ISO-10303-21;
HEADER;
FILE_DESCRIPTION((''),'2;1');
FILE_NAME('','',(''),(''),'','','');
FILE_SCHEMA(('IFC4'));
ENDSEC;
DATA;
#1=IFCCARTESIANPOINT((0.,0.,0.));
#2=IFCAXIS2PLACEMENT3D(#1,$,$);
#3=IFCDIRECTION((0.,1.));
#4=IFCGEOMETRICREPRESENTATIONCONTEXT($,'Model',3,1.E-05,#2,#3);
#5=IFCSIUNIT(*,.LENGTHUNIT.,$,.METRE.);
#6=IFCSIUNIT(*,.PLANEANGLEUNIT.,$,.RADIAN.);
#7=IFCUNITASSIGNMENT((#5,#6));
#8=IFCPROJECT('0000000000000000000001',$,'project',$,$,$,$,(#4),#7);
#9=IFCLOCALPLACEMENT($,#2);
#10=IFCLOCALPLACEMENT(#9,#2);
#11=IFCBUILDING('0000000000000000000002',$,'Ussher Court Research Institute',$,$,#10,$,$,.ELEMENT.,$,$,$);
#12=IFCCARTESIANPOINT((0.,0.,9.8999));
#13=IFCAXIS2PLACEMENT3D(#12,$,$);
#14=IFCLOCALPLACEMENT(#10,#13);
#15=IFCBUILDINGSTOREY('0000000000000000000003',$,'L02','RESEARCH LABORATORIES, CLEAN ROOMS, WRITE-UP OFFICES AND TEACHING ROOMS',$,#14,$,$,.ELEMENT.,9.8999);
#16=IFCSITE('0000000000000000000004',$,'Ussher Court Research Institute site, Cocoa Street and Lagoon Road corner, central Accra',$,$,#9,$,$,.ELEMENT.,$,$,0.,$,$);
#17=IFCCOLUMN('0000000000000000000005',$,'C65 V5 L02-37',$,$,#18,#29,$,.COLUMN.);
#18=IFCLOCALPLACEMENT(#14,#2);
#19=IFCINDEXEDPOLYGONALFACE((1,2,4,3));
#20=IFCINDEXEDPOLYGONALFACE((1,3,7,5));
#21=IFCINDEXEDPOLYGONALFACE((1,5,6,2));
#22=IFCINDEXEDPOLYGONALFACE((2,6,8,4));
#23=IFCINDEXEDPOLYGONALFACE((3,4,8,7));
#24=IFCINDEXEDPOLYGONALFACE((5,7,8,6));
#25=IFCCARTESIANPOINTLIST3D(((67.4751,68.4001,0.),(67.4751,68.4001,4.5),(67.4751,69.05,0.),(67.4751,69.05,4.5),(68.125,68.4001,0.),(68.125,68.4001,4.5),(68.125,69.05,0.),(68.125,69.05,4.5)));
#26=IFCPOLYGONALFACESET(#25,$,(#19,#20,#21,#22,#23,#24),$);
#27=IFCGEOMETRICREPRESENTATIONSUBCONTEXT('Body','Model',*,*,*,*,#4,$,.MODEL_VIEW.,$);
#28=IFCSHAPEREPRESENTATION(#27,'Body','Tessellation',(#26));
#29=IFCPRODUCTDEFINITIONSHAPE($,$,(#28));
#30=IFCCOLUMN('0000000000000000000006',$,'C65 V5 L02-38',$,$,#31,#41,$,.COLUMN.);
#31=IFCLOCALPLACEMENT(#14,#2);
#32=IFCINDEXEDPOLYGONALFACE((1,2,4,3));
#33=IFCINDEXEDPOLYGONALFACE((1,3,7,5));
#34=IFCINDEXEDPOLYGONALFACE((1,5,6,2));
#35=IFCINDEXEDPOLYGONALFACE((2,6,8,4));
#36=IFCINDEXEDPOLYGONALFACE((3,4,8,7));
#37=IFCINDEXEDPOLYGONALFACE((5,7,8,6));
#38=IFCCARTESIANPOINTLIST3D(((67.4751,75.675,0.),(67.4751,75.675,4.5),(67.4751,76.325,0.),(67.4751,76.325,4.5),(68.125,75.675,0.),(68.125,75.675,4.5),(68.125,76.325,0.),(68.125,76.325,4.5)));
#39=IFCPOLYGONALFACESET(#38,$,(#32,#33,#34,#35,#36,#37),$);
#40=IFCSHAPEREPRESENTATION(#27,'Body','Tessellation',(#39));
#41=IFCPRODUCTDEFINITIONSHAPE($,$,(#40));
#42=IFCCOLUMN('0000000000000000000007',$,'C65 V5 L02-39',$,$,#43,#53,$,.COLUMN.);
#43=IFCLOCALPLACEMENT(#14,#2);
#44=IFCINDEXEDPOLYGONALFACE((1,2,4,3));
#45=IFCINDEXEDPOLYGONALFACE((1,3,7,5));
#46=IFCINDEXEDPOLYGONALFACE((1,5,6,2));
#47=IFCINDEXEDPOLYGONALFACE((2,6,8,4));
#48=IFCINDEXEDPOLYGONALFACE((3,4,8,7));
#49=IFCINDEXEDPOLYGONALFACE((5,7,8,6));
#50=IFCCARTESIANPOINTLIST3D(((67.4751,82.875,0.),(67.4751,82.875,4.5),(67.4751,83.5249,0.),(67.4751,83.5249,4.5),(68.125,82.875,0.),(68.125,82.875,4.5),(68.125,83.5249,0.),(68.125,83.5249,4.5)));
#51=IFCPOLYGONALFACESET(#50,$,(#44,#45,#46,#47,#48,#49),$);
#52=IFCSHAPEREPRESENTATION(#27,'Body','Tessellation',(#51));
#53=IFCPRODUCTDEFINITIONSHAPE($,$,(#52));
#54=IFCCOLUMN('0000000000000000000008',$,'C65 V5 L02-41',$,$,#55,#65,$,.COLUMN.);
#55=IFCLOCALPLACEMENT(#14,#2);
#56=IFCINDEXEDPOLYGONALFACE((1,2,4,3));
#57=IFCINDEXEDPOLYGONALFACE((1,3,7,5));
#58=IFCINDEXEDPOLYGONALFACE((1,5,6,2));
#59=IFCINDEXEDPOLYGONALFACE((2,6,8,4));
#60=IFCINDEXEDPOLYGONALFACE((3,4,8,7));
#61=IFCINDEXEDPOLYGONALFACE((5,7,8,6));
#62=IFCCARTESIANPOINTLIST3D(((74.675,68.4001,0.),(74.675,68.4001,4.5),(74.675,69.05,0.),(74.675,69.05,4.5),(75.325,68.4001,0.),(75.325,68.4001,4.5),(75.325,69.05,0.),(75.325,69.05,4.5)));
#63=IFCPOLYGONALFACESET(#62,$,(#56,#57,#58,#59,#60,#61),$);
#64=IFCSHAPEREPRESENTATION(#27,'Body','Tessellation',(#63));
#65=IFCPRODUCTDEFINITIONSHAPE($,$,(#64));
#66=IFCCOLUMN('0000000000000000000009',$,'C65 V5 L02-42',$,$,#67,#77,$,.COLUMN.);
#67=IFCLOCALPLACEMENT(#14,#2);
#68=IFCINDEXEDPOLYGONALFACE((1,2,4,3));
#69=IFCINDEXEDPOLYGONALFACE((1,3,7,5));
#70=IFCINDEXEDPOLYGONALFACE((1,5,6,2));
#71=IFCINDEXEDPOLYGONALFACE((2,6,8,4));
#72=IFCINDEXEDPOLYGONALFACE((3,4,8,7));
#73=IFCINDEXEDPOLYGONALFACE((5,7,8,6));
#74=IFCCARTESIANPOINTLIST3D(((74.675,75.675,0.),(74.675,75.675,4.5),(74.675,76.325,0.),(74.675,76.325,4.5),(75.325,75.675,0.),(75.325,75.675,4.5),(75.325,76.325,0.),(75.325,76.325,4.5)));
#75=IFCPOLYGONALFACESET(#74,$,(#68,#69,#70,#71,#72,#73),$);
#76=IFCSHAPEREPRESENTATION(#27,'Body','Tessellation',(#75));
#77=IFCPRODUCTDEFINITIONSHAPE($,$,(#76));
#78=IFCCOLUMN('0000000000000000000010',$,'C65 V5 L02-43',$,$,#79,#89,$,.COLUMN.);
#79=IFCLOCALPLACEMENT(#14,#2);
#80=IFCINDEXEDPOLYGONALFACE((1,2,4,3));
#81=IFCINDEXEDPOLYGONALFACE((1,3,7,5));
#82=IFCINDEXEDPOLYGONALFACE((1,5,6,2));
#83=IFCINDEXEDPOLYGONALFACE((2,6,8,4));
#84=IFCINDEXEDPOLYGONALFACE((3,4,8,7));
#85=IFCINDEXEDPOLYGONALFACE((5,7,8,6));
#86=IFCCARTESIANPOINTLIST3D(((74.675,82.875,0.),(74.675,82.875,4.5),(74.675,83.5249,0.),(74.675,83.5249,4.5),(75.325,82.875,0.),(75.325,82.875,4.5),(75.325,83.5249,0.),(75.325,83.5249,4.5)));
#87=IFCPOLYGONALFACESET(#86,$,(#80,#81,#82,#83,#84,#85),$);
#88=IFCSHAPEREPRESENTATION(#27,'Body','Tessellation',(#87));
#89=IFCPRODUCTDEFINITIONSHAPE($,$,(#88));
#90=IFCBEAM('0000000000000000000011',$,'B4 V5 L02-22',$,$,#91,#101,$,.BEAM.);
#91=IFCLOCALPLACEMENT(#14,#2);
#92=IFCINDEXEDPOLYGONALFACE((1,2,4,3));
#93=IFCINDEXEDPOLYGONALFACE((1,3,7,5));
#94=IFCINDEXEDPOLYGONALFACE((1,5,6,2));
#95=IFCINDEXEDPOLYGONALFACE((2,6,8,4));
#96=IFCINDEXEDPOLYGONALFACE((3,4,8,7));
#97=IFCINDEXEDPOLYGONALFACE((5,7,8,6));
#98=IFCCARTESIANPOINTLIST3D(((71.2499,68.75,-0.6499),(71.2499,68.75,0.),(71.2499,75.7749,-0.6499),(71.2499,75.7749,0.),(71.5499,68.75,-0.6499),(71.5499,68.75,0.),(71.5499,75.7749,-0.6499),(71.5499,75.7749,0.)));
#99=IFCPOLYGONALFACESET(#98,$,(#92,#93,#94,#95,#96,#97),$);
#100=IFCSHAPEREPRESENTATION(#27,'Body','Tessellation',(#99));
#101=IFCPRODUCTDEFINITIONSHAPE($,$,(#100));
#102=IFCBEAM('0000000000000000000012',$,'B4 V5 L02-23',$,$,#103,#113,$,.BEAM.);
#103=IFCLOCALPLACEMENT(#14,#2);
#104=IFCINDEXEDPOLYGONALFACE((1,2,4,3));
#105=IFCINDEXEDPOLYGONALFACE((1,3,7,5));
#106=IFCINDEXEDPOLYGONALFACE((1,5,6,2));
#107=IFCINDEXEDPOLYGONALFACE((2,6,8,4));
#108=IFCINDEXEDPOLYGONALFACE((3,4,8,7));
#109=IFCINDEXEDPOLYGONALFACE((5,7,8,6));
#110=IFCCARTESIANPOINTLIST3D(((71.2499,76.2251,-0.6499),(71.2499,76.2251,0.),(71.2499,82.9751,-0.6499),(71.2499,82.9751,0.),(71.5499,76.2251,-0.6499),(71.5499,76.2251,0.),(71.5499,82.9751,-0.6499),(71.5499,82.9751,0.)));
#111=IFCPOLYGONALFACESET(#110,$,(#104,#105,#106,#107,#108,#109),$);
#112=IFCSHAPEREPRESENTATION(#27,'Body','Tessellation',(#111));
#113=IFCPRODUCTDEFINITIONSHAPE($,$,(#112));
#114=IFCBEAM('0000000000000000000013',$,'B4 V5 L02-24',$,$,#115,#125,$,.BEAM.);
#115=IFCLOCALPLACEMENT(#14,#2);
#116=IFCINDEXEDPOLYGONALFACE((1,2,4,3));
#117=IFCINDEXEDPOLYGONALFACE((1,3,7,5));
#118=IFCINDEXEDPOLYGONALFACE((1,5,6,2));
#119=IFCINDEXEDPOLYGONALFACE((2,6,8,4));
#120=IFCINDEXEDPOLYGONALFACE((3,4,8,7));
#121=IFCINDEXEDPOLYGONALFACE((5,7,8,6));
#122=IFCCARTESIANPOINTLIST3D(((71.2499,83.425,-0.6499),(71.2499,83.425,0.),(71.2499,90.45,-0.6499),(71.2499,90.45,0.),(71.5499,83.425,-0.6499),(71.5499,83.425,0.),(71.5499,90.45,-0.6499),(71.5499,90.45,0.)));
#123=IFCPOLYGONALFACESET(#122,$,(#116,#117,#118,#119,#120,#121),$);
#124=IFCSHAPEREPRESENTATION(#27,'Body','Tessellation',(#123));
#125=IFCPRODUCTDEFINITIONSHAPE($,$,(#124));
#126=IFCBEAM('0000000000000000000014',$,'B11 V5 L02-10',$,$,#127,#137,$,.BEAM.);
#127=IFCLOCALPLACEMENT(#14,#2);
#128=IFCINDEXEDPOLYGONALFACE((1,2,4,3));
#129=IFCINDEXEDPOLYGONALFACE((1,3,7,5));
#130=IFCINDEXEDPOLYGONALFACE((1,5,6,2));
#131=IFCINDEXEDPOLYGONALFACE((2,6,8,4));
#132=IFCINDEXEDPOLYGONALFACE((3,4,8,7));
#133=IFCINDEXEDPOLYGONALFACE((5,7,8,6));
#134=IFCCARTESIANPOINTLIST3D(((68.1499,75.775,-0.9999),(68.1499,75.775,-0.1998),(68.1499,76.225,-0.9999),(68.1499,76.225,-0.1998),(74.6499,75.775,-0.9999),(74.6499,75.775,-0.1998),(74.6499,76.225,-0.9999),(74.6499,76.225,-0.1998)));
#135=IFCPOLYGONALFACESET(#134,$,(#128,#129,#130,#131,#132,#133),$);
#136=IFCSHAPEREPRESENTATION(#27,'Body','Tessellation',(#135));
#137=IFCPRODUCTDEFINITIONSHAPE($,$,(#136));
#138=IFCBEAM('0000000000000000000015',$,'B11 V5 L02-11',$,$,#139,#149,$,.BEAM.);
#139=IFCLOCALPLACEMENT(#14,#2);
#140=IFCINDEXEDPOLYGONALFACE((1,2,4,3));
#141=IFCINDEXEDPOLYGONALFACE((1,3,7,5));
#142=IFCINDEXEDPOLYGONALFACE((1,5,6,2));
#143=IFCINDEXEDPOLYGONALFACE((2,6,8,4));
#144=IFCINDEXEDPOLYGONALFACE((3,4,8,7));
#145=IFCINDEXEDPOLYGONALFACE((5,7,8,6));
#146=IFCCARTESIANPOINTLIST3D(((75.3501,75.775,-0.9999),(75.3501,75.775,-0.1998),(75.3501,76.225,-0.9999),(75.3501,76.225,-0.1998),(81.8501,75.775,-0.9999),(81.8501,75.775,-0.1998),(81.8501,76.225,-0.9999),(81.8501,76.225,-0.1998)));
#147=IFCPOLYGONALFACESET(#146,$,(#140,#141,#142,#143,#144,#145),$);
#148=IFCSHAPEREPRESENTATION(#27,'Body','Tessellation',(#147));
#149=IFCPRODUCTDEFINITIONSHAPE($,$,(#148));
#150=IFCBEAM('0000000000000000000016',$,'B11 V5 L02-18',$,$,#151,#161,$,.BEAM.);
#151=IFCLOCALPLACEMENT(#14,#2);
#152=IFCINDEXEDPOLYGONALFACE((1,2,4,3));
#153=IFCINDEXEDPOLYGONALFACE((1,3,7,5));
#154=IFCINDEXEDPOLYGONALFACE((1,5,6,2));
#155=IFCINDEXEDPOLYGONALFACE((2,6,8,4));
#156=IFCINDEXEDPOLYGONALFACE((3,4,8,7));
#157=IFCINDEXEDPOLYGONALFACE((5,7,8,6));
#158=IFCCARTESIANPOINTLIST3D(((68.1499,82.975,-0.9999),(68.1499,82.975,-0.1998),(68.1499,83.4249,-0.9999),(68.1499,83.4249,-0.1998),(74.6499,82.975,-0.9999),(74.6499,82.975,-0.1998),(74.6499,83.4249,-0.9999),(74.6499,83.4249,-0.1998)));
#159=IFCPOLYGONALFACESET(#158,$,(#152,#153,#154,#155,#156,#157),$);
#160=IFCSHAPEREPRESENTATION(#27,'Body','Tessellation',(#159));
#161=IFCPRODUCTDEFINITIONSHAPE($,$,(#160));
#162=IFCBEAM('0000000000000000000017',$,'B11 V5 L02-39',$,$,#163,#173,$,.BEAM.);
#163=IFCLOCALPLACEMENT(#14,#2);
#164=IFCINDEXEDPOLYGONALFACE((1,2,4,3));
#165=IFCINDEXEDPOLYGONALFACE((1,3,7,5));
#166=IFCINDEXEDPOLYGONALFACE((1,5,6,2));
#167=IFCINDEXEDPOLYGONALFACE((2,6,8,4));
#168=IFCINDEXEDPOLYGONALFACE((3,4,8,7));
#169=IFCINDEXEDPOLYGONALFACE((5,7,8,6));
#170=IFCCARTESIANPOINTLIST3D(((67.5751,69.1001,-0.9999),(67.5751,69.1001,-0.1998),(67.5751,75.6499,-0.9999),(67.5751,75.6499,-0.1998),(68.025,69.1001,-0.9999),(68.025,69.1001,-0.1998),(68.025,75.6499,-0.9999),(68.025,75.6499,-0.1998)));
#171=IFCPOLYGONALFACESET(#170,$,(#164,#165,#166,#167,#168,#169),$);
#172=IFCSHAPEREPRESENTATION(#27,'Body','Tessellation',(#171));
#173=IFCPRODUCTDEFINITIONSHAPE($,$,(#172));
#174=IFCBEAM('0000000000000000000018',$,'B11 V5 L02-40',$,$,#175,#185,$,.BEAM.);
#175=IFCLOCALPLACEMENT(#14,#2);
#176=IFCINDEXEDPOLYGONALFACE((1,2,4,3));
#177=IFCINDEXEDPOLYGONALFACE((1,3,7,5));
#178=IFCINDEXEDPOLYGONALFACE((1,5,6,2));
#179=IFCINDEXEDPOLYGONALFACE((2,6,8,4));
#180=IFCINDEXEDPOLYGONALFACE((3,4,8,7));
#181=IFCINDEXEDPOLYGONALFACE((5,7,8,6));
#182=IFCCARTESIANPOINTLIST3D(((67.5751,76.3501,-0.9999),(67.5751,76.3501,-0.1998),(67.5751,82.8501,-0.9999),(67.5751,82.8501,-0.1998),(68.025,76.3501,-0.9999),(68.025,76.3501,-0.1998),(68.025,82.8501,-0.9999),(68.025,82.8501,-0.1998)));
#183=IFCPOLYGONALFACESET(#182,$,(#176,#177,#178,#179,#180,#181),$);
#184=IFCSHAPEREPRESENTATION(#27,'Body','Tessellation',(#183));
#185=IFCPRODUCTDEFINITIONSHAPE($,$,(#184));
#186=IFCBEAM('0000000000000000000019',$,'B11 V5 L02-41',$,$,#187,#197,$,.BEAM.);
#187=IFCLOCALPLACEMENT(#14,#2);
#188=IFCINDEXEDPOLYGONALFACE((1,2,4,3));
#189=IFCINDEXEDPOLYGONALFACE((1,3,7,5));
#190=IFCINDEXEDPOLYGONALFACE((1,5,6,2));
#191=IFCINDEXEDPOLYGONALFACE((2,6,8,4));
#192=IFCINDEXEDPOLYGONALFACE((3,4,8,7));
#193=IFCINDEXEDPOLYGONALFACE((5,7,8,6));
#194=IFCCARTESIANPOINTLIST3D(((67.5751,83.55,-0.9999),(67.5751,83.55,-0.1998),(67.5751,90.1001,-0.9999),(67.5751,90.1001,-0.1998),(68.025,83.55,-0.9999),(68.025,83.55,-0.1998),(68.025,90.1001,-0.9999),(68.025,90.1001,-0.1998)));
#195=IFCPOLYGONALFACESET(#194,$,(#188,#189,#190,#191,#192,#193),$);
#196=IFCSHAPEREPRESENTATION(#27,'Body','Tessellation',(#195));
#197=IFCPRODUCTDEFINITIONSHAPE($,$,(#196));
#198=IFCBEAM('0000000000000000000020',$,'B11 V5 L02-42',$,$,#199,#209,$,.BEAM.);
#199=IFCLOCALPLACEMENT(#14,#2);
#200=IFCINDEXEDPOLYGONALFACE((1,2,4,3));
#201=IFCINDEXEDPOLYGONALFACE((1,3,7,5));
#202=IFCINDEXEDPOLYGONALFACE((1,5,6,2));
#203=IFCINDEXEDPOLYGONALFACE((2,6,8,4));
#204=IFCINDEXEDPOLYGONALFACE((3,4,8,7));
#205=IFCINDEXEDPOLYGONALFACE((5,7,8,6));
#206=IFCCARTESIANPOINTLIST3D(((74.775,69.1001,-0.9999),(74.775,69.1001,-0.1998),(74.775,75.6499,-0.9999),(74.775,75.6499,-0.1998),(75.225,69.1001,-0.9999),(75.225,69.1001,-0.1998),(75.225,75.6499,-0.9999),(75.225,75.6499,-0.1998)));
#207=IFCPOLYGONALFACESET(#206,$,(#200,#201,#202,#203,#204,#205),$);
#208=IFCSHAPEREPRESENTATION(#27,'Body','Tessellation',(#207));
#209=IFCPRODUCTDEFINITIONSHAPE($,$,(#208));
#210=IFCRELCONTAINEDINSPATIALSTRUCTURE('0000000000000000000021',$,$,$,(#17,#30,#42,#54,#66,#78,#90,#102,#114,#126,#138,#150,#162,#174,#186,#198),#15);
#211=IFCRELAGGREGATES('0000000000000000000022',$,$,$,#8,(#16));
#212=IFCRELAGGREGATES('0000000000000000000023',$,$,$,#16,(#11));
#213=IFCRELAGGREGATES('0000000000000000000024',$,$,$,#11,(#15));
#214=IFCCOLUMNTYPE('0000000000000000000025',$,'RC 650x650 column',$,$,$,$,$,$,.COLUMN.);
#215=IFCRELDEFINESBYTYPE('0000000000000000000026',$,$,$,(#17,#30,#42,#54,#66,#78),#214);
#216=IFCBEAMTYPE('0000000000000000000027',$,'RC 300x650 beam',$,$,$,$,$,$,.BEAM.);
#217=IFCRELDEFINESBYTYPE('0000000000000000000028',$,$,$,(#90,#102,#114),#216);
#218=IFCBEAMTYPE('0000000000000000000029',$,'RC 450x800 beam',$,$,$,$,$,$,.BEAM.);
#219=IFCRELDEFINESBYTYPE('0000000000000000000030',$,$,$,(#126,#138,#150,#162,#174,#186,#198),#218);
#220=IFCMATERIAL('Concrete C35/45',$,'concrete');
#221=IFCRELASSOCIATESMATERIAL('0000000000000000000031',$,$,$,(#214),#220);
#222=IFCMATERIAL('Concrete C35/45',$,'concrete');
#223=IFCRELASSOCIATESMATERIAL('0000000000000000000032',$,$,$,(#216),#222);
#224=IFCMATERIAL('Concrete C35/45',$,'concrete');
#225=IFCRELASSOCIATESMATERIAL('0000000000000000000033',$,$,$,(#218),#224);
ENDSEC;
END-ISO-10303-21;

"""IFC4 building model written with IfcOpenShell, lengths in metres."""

from ifc_helpers import new_model, si_unit, direction, frame, origin, origin_2d, place, context, subcontext, project, spatial, rectangle, extrude, material, material_profile, profile_set, type_object, element, save


model = new_model("IFC4")

# Units and contexts
model_context = context("Model", 3, precision=1e-05, world=origin(), true_north=direction((0.0, 1.0)))
body_context = subcontext(model_context, "Body", "Model", "MODEL_VIEW")
ifc_project = project(units=[si_unit("LENGTHUNIT", "METRE"), si_unit("PLANEANGLEUNIT", "RADIAN")], contexts=[model_context])

# Site, building, storey
site_placement = place(None, origin())
site = spatial("IfcSite", under=ifc_project, at=site_placement, Name="Ussher Court Research Institute site, Cocoa Street and Lagoon Road corner, central Accra", CompositionType="ELEMENT", RefElevation=0.0)
building_placement = place(site_placement, origin())
building = spatial("IfcBuilding", under=site, at=building_placement, Name="Ussher Court Research Institute", CompositionType="ELEMENT")
storey_placement = place(building_placement, frame((0.0, 0.0, 9.8999)))
storey = spatial("IfcBuildingStorey", under=building, at=storey_placement, Name="L02", Description="RESEARCH LABORATORIES, CLEAN ROOMS, WRITE-UP OFFICES AND TEACHING ROOMS", CompositionType="ELEMENT", Elevation=9.8999)

# Columns
ifc_material_1 = material(Name="Concrete C35/45", Category="concrete")
ifc_material_profile_1 = material_profile(ifc_material_1, rectangle(XDim=0.6499, YDim=0.6499, at=origin_2d()), Name="RC 650x650")
ifc_profile_set_1 = profile_set([ifc_material_profile_1], Name="Concrete C35/45")
column_type = type_object("IfcColumnType", Name="RC 650x650 column", PredefinedType="COLUMN", material=ifc_profile_set_1)
for number, where, z_axis, x_axis, name in (
    (1, (67.8, 68.7251, 0.0), (0.0, 0.0, 1.0), (1.0, 0.0, 0.0), "C65 V5 L02-37"),
    (2, (67.8, 76.0, 0.0), (0.0, 0.0, 1.0), (1.0, 0.0, 0.0), "C65 V5 L02-38"),
    (3, (67.8, 83.2, 0.0), (0.0, 0.0, 1.0), (1.0, 0.0, 0.0), "C65 V5 L02-39"),
    (4, (75.0, 68.7251, 0.0), (0.0, 0.0, 1.0), (1.0, 0.0, 0.0), "C65 V5 L02-41"),
    (5, (75.0, 76.0, 0.0), (0.0, 0.0, 1.0), (1.0, 0.0, 0.0), "C65 V5 L02-42"),
    (6, (75.0, 83.2, 0.0), (0.0, 0.0, 1.0), (1.0, 0.0, 0.0), "C65 V5 L02-43"),
):
    element("IfcColumn", number, at=place(storey_placement, frame(where, z_axis=z_axis, x_axis=x_axis)), inside=storey, type_object=column_type, Name=name, PredefinedType="COLUMN", context=body_context, shape_type="SweptSolid", body=[
        extrude(rectangle(XDim=0.6499, YDim=0.6499, at=origin_2d()), origin(), (0.0, 0.0, 1.0), 4.5),
    ])

# Beams
ifc_material_2 = material(Name="Concrete C35/45", Category="concrete")
ifc_material_profile_2 = material_profile(ifc_material_2, rectangle(XDim=0.3, YDim=0.6499, at=origin_2d()), Name="RC 300x650")
ifc_profile_set_2 = profile_set([ifc_material_profile_2], Name="Concrete C35/45")
beam_type_1 = type_object("IfcBeamType", Name="RC 300x650 beam", PredefinedType="BEAM", material=ifc_profile_set_2)
beam_1_placement = place(storey_placement, frame((71.3999, 68.75, -0.325), z_axis=(0.0, 1.0, 0.0), x_axis=(-1.0, 0.0, 0.0)))
element("IfcBeam", 7, at=beam_1_placement, inside=storey, type_object=beam_type_1, Name="B4 V5 L02-22", PredefinedType="BEAM", context=body_context, shape_type="SweptSolid", body=[
    extrude(rectangle(XDim=0.3, YDim=0.6499, at=origin_2d()), origin(), (0.0, 0.0, 1.0), 7.0249),
])
beam_2_placement = place(storey_placement, frame((71.3999, 76.2251, -0.325), z_axis=(0.0, 1.0, 0.0), x_axis=(-1.0, 0.0, 0.0)))
element("IfcBeam", 8, at=beam_2_placement, inside=storey, type_object=beam_type_1, Name="B4 V5 L02-23", PredefinedType="BEAM", context=body_context, shape_type="SweptSolid", body=[
    extrude(rectangle(XDim=0.3, YDim=0.6499, at=origin_2d()), origin(), (0.0, 0.0, 1.0), 6.75),
])
beam_3_placement = place(storey_placement, frame((71.3999, 83.425, -0.325), z_axis=(0.0, 1.0, 0.0), x_axis=(-1.0, 0.0, 0.0)))
element("IfcBeam", 9, at=beam_3_placement, inside=storey, type_object=beam_type_1, Name="B4 V5 L02-24", PredefinedType="BEAM", context=body_context, shape_type="SweptSolid", body=[
    extrude(rectangle(XDim=0.3, YDim=0.6499, at=origin_2d()), origin(), (0.0, 0.0, 1.0), 7.0249),
])
ifc_material_3 = material(Name="Concrete C35/45", Category="concrete")
ifc_material_profile_3 = material_profile(ifc_material_3, rectangle(XDim=0.45, YDim=0.8, at=origin_2d()), Name="RC 450x800")
ifc_profile_set_3 = profile_set([ifc_material_profile_3], Name="Concrete C35/45")
beam_type_2 = type_object("IfcBeamType", Name="RC 450x800 beam", PredefinedType="BEAM", material=ifc_profile_set_3)
for number, where, z_axis, x_axis, name in (
    (10, (68.1499, 76.0, -0.5999), (1.0, 0.0, 0.0), (0.0, 1.0, 0.0), "B11 V5 L02-10"),
    (11, (75.3501, 76.0, -0.5999), (1.0, 0.0, 0.0), (0.0, 1.0, 0.0), "B11 V5 L02-11"),
    (12, (68.1499, 83.2, -0.5999), (1.0, 0.0, 0.0), (0.0, 1.0, 0.0), "B11 V5 L02-18"),
):
    element("IfcBeam", number, at=place(storey_placement, frame(where, z_axis=z_axis, x_axis=x_axis)), inside=storey, type_object=beam_type_2, Name=name, PredefinedType="BEAM", context=body_context, shape_type="SweptSolid", body=[
        extrude(rectangle(XDim=0.45, YDim=0.8, at=origin_2d()), origin(), (0.0, 0.0, 1.0), 6.5),
    ])
beam_4_placement = place(storey_placement, frame((67.8, 69.1001, -0.5999), z_axis=(0.0, 1.0, 0.0), x_axis=(-1.0, 0.0, 0.0)))
element("IfcBeam", 13, at=beam_4_placement, inside=storey, type_object=beam_type_2, Name="B11 V5 L02-39", PredefinedType="BEAM", context=body_context, shape_type="SweptSolid", body=[
    extrude(rectangle(XDim=0.45, YDim=0.8, at=origin_2d()), origin(), (0.0, 0.0, 1.0), 6.5498),
])
beam_5_placement = place(storey_placement, frame((67.8, 76.3501, -0.5999), z_axis=(0.0, 1.0, 0.0), x_axis=(-1.0, 0.0, 0.0)))
element("IfcBeam", 14, at=beam_5_placement, inside=storey, type_object=beam_type_2, Name="B11 V5 L02-40", PredefinedType="BEAM", context=body_context, shape_type="SweptSolid", body=[
    extrude(rectangle(XDim=0.45, YDim=0.8, at=origin_2d()), origin(), (0.0, 0.0, 1.0), 6.5),
])
beam_6_placement = place(storey_placement, frame((67.8, 83.55, -0.5999), z_axis=(0.0, 1.0, 0.0), x_axis=(-1.0, 0.0, 0.0)))
element("IfcBeam", 15, at=beam_6_placement, inside=storey, type_object=beam_type_2, Name="B11 V5 L02-41", PredefinedType="BEAM", context=body_context, shape_type="SweptSolid", body=[
    extrude(rectangle(XDim=0.45, YDim=0.8, at=origin_2d()), origin(), (0.0, 0.0, 1.0), 6.55),
])
beam_7_placement = place(storey_placement, frame((75.0, 69.1001, -0.5999), z_axis=(0.0, 1.0, 0.0), x_axis=(-1.0, 0.0, 0.0)))
element("IfcBeam", 16, at=beam_7_placement, inside=storey, type_object=beam_type_2, Name="B11 V5 L02-42", PredefinedType="BEAM", context=body_context, shape_type="SweptSolid", body=[
    extrude(rectangle(XDim=0.45, YDim=0.8, at=origin_2d()), origin(), (0.0, 0.0, 1.0), 6.5498),
])

save(model, "model.ifc")
